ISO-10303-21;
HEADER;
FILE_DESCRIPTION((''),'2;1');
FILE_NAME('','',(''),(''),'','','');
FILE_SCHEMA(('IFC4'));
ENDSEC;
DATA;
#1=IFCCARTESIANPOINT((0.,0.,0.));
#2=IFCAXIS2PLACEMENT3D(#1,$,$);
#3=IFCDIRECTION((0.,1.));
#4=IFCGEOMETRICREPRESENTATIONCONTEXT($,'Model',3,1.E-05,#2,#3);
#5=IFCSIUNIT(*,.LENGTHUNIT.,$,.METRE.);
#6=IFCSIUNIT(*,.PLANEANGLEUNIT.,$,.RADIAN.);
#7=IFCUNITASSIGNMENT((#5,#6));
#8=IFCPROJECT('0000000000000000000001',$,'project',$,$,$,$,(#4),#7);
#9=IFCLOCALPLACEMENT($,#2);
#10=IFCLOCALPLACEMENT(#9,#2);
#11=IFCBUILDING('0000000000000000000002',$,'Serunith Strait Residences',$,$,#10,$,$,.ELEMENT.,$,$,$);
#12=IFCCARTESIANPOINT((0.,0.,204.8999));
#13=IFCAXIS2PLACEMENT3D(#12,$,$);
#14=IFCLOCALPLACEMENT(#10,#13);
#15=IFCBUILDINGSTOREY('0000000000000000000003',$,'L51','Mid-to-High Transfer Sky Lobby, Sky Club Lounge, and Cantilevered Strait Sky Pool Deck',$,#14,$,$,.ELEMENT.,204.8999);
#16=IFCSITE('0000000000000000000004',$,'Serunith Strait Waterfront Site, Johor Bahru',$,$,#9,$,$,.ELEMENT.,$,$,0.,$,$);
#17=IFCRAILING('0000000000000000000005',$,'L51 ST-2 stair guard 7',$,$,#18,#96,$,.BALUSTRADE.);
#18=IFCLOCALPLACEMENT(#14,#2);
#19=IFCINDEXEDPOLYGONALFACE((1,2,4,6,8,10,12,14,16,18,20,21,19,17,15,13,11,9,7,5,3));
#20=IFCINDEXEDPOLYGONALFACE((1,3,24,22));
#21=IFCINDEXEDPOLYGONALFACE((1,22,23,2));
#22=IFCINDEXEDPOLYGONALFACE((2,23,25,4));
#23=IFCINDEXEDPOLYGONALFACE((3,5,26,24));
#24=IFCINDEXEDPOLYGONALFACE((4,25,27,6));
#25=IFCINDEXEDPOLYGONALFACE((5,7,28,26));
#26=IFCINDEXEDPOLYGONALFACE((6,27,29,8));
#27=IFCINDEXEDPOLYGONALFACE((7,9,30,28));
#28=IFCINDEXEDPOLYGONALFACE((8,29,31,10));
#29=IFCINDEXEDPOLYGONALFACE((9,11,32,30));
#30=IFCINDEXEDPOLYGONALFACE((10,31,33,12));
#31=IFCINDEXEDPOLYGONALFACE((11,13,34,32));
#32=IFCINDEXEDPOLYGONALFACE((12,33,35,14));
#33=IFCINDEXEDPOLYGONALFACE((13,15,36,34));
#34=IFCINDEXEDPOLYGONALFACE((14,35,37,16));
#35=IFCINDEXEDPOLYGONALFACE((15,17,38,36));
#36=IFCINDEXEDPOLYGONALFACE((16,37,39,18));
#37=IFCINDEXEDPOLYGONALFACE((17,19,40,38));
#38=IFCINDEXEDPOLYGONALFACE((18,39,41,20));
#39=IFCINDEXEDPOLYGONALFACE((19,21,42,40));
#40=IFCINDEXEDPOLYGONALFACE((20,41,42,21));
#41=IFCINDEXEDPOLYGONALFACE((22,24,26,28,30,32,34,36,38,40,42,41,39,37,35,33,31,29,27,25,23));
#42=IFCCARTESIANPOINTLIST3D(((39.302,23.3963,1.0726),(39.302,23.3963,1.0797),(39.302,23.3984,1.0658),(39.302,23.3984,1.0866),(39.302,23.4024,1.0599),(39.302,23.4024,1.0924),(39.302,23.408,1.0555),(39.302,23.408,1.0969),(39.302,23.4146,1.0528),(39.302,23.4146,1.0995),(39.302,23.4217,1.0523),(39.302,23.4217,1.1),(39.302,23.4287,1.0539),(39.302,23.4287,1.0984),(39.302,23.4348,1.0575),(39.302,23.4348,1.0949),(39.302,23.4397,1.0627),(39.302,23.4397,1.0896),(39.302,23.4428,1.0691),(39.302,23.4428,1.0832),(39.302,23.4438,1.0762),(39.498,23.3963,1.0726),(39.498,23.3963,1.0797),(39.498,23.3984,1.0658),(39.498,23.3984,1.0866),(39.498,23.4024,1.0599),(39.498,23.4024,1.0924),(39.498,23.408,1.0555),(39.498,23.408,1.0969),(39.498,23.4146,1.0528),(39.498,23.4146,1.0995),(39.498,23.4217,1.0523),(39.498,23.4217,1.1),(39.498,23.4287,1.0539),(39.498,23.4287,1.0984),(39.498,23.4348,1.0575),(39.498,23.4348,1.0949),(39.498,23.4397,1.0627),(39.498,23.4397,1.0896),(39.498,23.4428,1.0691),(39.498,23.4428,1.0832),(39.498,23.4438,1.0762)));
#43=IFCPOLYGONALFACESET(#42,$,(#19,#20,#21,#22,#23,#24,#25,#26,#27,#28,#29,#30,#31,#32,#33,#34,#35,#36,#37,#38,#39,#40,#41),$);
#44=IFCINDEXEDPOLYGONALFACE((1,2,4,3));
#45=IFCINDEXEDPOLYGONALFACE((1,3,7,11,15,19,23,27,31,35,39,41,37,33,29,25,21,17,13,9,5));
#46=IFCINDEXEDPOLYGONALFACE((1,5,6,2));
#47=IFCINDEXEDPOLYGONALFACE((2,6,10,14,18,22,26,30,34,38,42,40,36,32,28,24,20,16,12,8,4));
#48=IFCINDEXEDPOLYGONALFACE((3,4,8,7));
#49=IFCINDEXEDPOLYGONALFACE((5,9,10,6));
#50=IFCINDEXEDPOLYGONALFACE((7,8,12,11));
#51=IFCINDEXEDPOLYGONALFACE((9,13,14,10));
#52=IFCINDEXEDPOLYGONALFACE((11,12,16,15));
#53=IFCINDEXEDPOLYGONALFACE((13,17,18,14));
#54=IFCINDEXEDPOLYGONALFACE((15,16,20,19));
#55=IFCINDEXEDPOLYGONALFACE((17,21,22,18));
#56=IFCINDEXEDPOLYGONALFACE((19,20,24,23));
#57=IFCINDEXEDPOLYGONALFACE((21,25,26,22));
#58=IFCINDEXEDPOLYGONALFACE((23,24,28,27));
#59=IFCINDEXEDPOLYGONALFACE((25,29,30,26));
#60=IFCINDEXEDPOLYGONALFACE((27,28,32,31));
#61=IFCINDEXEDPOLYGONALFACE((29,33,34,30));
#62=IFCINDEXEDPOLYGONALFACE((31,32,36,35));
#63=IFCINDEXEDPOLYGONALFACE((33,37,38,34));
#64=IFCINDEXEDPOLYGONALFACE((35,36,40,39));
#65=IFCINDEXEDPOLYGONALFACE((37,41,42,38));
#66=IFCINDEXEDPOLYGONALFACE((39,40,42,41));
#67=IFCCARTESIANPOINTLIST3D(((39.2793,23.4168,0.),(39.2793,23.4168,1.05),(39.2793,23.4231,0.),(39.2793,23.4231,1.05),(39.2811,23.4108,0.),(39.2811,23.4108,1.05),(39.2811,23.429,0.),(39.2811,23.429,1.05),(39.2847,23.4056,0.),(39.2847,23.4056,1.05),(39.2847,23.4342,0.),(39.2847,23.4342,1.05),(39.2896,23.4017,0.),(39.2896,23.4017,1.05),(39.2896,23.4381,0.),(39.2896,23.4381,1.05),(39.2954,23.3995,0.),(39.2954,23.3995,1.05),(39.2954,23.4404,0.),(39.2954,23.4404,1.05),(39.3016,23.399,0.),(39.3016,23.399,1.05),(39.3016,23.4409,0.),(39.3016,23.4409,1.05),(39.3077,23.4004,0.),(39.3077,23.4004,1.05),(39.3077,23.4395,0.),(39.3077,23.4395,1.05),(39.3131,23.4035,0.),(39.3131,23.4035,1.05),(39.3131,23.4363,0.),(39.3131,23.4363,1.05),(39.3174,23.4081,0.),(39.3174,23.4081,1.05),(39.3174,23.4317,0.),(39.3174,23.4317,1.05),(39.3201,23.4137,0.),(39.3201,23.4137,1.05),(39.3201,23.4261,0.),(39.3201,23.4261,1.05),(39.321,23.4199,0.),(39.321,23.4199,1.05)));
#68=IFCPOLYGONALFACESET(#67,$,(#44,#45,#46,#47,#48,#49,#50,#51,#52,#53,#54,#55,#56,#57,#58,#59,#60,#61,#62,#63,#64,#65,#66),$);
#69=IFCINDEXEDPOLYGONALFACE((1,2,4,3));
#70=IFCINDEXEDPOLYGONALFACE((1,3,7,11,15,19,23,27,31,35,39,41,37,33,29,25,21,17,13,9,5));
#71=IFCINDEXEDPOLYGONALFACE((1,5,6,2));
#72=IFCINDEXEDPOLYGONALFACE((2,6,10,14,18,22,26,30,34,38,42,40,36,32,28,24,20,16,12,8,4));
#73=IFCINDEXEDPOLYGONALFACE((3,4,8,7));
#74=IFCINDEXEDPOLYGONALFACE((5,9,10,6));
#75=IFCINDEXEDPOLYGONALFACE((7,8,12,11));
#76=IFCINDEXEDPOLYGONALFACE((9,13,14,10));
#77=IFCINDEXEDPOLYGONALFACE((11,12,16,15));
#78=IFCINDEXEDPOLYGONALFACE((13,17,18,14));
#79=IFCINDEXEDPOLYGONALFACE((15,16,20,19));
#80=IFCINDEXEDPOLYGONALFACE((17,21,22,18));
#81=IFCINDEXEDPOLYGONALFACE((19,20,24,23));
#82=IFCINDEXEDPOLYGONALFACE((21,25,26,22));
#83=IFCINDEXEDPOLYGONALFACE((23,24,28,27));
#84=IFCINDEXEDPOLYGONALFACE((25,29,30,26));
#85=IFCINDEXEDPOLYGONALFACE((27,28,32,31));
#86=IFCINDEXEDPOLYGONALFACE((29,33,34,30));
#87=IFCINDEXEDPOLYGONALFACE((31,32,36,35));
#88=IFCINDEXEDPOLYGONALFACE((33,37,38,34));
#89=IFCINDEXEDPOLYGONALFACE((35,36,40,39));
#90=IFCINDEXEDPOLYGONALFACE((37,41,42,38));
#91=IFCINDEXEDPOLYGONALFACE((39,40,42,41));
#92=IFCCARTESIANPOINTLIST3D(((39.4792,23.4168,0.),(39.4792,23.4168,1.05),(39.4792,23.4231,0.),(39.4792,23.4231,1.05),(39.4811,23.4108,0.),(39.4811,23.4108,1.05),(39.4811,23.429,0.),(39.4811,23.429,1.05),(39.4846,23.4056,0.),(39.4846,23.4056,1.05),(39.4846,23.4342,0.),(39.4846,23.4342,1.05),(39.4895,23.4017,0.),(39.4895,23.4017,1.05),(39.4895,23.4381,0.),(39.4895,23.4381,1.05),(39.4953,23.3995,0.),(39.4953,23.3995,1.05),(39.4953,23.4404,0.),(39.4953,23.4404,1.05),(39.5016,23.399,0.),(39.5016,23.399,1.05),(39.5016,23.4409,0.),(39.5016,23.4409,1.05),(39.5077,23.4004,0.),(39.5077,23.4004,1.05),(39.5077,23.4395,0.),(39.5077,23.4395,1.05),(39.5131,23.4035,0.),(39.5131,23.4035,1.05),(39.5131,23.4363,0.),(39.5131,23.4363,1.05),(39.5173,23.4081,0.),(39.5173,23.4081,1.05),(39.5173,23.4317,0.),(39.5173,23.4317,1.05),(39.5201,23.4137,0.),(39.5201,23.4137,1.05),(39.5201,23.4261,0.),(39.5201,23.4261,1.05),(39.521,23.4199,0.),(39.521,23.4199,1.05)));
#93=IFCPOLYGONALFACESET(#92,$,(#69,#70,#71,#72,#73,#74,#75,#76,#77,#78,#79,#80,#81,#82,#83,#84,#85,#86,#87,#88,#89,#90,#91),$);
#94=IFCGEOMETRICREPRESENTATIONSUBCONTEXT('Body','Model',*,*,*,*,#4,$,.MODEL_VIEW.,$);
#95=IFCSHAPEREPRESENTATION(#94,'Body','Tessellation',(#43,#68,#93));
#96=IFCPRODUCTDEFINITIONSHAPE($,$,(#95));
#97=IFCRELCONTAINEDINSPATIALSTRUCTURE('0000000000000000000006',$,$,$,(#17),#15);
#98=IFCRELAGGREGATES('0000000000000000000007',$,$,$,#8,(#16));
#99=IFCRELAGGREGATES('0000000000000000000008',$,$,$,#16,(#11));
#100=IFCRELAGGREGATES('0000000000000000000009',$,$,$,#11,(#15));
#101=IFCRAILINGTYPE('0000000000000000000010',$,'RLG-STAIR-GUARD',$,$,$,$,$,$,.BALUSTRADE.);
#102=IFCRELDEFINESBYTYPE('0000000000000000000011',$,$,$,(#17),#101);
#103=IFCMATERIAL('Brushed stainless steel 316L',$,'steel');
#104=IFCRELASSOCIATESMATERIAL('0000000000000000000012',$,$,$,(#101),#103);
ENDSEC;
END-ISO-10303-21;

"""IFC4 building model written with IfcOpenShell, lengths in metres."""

from ifc_helpers import new_model, si_unit, direction, frame, origin, origin_2d, place, context, subcontext, project, spatial, circle, extrude, material, type_object, element, save


model = new_model("IFC4")

# Units and contexts
model_context = context("Model", 3, precision=1e-05, world=origin(), true_north=direction((0.0, 1.0)))
body_context = subcontext(model_context, "Body", "Model", "MODEL_VIEW")
ifc_project = project(units=[si_unit("LENGTHUNIT", "METRE"), si_unit("PLANEANGLEUNIT", "RADIAN")], contexts=[model_context])

# Site, building, storey
site_placement = place(None, origin())
site = spatial("IfcSite", under=ifc_project, at=site_placement, Name="Serunith Strait Waterfront Site, Johor Bahru", CompositionType="ELEMENT", RefElevation=0.0)
building_placement = place(site_placement, origin())
building = spatial("IfcBuilding", under=site, at=building_placement, Name="Serunith Strait Residences", CompositionType="ELEMENT")
storey_placement = place(building_placement, frame((0.0, 0.0, 204.8999)))
storey = spatial("IfcBuildingStorey", under=building, at=storey_placement, Name="L51", Description="Mid-to-High Transfer Sky Lobby, Sky Club Lounge, and Cantilevered Strait Sky Pool Deck", CompositionType="ELEMENT", Elevation=204.8999)

# Railing
ifc_material_1 = material(Name="Brushed stainless steel 316L", Category="steel")
railing_type_1 = type_object("IfcRailingType", Name="RLG-STAIR-GUARD", PredefinedType="BALUSTRADE", material=ifc_material_1)
railing_1_placement = place(storey_placement, frame((39.3, 23.4199, 0.0)))
element("IfcRailing", 1, at=railing_1_placement, inside=storey, type_object=railing_type_1, Name="L51 ST-2 stair guard 7", PredefinedType="BALUSTRADE", context=body_context, shape_type="SweptSolid", body=[
    extrude(circle(Radius=0.0239, at=origin_2d()), frame((0.002, 0.0, 1.0762), z_axis=(1.0, 0.0, 0.0), x_axis=(0.0, 1.0, 0.0)), (0.0, 0.0, 1.0), 0.196),
    extrude(circle(Radius=0.021, at=origin_2d()), origin(), (0.0, 0.0, 1.0), 1.05),
    extrude(circle(Radius=0.021, at=origin_2d()), frame((0.2, 0.0, 0.0)), (0.0, 0.0, 1.0), 1.05),
])

save(model, "model.ifc")
